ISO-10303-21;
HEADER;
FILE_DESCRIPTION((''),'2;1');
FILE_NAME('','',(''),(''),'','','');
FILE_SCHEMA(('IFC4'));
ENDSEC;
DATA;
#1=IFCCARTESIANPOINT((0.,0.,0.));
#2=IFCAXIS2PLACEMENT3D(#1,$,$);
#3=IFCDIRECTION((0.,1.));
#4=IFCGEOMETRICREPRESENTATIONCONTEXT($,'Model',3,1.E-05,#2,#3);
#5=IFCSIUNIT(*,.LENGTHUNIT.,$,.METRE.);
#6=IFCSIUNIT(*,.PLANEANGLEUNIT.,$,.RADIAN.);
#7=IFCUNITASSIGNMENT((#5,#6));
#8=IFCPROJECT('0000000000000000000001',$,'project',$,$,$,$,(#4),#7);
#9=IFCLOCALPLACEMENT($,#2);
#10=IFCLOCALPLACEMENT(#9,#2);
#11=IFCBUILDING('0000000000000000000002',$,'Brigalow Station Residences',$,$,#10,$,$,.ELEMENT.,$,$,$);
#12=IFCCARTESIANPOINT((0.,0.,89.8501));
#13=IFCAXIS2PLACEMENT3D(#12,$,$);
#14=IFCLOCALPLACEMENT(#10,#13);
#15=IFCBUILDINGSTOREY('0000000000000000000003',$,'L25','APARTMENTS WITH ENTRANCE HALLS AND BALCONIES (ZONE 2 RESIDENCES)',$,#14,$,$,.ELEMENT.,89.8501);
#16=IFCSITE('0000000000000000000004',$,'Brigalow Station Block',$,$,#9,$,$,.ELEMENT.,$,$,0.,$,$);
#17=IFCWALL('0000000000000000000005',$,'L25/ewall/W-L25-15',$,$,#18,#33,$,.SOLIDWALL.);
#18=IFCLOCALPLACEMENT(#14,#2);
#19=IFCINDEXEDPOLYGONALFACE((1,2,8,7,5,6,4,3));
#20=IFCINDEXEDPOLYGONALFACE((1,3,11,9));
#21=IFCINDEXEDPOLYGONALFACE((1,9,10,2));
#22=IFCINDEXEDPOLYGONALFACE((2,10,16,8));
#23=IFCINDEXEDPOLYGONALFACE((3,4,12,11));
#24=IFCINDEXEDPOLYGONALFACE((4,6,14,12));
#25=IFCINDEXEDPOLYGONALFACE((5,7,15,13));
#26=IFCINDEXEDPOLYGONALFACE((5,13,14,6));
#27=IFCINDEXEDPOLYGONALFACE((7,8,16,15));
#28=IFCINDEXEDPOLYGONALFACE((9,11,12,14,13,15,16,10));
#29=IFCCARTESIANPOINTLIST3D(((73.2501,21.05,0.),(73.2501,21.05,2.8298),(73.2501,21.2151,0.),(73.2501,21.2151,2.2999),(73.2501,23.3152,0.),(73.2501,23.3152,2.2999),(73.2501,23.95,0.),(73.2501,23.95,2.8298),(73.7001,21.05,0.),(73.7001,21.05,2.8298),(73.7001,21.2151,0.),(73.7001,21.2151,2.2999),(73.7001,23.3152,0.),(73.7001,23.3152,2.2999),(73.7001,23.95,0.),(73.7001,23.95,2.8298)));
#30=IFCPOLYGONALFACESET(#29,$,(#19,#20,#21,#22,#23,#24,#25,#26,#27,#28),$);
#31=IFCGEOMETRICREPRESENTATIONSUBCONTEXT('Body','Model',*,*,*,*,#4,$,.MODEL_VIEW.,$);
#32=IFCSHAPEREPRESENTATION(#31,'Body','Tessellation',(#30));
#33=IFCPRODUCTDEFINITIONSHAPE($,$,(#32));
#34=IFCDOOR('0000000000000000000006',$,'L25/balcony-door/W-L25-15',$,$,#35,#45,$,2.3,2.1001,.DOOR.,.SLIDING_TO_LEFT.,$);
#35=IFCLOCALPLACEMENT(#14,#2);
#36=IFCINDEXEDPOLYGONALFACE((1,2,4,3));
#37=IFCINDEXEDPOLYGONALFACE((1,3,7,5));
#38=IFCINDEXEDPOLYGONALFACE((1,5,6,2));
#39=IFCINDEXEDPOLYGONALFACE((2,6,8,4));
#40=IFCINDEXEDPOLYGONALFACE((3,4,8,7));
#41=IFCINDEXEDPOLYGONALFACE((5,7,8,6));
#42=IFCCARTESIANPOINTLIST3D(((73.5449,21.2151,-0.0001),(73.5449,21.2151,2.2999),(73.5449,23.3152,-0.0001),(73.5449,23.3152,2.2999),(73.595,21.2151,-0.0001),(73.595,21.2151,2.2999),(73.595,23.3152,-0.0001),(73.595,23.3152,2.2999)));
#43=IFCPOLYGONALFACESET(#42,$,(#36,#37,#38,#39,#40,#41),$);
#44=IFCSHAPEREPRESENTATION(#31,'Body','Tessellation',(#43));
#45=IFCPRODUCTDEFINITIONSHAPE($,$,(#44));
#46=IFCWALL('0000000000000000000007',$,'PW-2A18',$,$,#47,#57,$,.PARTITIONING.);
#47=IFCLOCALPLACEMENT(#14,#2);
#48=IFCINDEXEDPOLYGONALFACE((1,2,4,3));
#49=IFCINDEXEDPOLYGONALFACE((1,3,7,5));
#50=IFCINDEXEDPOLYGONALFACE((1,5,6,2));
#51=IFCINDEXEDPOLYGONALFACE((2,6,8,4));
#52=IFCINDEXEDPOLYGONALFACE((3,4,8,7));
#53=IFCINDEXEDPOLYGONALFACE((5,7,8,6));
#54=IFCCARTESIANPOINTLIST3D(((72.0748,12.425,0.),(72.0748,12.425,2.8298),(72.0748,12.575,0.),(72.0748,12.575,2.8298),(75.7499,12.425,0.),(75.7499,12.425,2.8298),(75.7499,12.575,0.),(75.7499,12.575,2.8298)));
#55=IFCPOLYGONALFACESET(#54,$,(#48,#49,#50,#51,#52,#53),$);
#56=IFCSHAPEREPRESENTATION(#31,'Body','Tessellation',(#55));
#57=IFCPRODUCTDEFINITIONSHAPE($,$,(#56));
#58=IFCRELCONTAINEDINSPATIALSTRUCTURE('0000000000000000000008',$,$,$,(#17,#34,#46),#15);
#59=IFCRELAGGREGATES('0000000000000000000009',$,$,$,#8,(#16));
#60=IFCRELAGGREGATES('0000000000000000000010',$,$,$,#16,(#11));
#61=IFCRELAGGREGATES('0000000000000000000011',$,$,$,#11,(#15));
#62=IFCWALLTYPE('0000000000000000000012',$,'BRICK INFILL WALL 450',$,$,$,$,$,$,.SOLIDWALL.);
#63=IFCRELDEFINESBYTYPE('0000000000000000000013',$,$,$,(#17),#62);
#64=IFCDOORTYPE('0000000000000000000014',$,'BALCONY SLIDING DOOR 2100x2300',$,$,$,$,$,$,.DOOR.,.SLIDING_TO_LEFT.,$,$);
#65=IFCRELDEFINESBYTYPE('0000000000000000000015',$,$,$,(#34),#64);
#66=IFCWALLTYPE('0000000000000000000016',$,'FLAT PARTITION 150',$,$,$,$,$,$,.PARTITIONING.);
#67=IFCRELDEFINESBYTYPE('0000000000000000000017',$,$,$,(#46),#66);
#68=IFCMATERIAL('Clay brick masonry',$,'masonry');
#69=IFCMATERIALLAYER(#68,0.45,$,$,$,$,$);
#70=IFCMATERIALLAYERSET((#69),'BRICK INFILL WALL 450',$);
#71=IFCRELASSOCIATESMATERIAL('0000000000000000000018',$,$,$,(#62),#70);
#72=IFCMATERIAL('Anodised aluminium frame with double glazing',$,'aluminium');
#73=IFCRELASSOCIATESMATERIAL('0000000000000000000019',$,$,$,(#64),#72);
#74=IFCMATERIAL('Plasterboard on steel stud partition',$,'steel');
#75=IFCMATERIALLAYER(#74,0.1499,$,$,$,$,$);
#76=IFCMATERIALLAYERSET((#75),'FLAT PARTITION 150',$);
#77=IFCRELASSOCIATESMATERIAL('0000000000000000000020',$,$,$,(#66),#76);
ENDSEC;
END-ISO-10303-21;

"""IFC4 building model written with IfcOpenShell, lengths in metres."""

from ifc_helpers import new_model, si_unit, direction, frame, frame_2d, origin, place, context, subcontext, project, spatial, rectangle, extrude, material, layer, layer_set, type_object, element, fill, save


model = new_model("IFC4")

# Units and contexts
model_context = context("Model", 3, precision=1e-05, world=origin(), true_north=direction((0.0, 1.0)))
body_context = subcontext(model_context, "Body", "Model", "MODEL_VIEW")
ifc_project = project(units=[si_unit("LENGTHUNIT", "METRE"), si_unit("PLANEANGLEUNIT", "RADIAN")], contexts=[model_context])

# Site, building, storey
site_placement = place(None, origin())
site = spatial("IfcSite", under=ifc_project, at=site_placement, Name="Brigalow Station Block", CompositionType="ELEMENT", RefElevation=0.0)
building_placement = place(site_placement, origin())
building = spatial("IfcBuilding", under=site, at=building_placement, Name="Brigalow Station Residences", CompositionType="ELEMENT")
storey_placement = place(building_placement, frame((0.0, 0.0, 89.8501)))
storey = spatial("IfcBuildingStorey", under=building, at=storey_placement, Name="L25", Description="APARTMENTS WITH ENTRANCE HALLS AND BALCONIES (ZONE 2 RESIDENCES)", CompositionType="ELEMENT", Elevation=89.8501)

# Shared definitions
ifc_material_1 = material(Name="Clay brick masonry", Category="masonry")
ifc_layer_1 = layer(ifc_material_1, 0.45)
ifc_layer_set_1 = layer_set([ifc_layer_1], Name="BRICK INFILL WALL 450")
wall_type_1 = type_object("IfcWallType", Name="BRICK INFILL WALL 450", PredefinedType="SOLIDWALL", material=ifc_layer_set_1)

# Wall, opening, door
wall_1_placement = place(storey_placement, frame((73.4751, 21.05, 0.0), z_axis=(0.0, 0.0, 1.0), x_axis=(0.0, 1.0, 0.0)))
wall_1 = element("IfcWall", 1, at=wall_1_placement, inside=storey, type_object=wall_type_1, Name="L25/ewall/W-L25-15", PredefinedType="SOLIDWALL", context=body_context, shape_type="SweptSolid", body=[
    extrude(rectangle(XDim=2.8999, YDim=0.45, at=frame_2d((1.45, 0.0))), origin(), (0.0, 0.0, 1.0), 2.8298),
])
opening_1_placement = place(wall_1_placement, frame((0.165, 0.0, 0.0)))
opening_1 = element("IfcOpeningElement", 2, at=opening_1_placement, cuts=wall_1, PredefinedType="OPENING", context=body_context, shape_type="SweptSolid", body=[
    extrude(rectangle(XDim=2.1001, YDim=2.3, at=frame_2d((1.05, 1.1499))), frame((0.0, 0.2349, 0.0), z_axis=(0.0, -1.0, 0.0), x_axis=(1.0, 0.0, 0.0)), (0.0, 0.0, 1.0), 0.47),
])
ifc_material_2 = material(Name="Anodised aluminium frame with double glazing", Category="aluminium")
door_type_1 = type_object("IfcDoorType", Name="BALCONY SLIDING DOOR 2100x2300", OperationType="SLIDING_TO_LEFT", PredefinedType="DOOR", material=ifc_material_2)
door_1_placement = place(opening_1_placement, origin())
door_1 = element("IfcDoor", 3, at=door_1_placement, inside=storey, type_object=door_type_1, Name="L25/balcony-door/W-L25-15", OperationType="SLIDING_TO_LEFT", OverallHeight=2.3, OverallWidth=2.1001, PredefinedType="DOOR", context=body_context, shape_type="SweptSolid", body=[
    extrude(rectangle(XDim=2.1001, YDim=2.3, at=frame_2d((1.05, 1.1499))), frame((0.0, -0.0698, 0.0), z_axis=(0.0, -1.0, 0.0), x_axis=(1.0, 0.0, 0.0)), (0.0, 0.0, 1.0), 0.05),
])
fill(opening_1, door_1)

# Wall
ifc_material_3 = material(Name="Plasterboard on steel stud partition", Category="steel")
ifc_layer_2 = layer(ifc_material_3, 0.1499)
ifc_layer_set_2 = layer_set([ifc_layer_2], Name="FLAT PARTITION 150")
wall_type_2 = type_object("IfcWallType", Name="FLAT PARTITION 150", PredefinedType="PARTITIONING", material=ifc_layer_set_2)
wall_2_placement = place(storey_placement, frame((72.075, 12.5, 0.0), z_axis=(0.0, 0.0, 1.0), x_axis=(1.0, 0.0, 0.0)))
element("IfcWall", 4, at=wall_2_placement, inside=storey, type_object=wall_type_2, Name="PW-2A18", PredefinedType="PARTITIONING", context=body_context, shape_type="SweptSolid", body=[
    extrude(rectangle(XDim=3.675, YDim=0.1499, at=frame_2d((1.8374, 0.0))), origin(), (0.0, 0.0, 1.0), 2.8298),
])

save(model, "model.ifc")
